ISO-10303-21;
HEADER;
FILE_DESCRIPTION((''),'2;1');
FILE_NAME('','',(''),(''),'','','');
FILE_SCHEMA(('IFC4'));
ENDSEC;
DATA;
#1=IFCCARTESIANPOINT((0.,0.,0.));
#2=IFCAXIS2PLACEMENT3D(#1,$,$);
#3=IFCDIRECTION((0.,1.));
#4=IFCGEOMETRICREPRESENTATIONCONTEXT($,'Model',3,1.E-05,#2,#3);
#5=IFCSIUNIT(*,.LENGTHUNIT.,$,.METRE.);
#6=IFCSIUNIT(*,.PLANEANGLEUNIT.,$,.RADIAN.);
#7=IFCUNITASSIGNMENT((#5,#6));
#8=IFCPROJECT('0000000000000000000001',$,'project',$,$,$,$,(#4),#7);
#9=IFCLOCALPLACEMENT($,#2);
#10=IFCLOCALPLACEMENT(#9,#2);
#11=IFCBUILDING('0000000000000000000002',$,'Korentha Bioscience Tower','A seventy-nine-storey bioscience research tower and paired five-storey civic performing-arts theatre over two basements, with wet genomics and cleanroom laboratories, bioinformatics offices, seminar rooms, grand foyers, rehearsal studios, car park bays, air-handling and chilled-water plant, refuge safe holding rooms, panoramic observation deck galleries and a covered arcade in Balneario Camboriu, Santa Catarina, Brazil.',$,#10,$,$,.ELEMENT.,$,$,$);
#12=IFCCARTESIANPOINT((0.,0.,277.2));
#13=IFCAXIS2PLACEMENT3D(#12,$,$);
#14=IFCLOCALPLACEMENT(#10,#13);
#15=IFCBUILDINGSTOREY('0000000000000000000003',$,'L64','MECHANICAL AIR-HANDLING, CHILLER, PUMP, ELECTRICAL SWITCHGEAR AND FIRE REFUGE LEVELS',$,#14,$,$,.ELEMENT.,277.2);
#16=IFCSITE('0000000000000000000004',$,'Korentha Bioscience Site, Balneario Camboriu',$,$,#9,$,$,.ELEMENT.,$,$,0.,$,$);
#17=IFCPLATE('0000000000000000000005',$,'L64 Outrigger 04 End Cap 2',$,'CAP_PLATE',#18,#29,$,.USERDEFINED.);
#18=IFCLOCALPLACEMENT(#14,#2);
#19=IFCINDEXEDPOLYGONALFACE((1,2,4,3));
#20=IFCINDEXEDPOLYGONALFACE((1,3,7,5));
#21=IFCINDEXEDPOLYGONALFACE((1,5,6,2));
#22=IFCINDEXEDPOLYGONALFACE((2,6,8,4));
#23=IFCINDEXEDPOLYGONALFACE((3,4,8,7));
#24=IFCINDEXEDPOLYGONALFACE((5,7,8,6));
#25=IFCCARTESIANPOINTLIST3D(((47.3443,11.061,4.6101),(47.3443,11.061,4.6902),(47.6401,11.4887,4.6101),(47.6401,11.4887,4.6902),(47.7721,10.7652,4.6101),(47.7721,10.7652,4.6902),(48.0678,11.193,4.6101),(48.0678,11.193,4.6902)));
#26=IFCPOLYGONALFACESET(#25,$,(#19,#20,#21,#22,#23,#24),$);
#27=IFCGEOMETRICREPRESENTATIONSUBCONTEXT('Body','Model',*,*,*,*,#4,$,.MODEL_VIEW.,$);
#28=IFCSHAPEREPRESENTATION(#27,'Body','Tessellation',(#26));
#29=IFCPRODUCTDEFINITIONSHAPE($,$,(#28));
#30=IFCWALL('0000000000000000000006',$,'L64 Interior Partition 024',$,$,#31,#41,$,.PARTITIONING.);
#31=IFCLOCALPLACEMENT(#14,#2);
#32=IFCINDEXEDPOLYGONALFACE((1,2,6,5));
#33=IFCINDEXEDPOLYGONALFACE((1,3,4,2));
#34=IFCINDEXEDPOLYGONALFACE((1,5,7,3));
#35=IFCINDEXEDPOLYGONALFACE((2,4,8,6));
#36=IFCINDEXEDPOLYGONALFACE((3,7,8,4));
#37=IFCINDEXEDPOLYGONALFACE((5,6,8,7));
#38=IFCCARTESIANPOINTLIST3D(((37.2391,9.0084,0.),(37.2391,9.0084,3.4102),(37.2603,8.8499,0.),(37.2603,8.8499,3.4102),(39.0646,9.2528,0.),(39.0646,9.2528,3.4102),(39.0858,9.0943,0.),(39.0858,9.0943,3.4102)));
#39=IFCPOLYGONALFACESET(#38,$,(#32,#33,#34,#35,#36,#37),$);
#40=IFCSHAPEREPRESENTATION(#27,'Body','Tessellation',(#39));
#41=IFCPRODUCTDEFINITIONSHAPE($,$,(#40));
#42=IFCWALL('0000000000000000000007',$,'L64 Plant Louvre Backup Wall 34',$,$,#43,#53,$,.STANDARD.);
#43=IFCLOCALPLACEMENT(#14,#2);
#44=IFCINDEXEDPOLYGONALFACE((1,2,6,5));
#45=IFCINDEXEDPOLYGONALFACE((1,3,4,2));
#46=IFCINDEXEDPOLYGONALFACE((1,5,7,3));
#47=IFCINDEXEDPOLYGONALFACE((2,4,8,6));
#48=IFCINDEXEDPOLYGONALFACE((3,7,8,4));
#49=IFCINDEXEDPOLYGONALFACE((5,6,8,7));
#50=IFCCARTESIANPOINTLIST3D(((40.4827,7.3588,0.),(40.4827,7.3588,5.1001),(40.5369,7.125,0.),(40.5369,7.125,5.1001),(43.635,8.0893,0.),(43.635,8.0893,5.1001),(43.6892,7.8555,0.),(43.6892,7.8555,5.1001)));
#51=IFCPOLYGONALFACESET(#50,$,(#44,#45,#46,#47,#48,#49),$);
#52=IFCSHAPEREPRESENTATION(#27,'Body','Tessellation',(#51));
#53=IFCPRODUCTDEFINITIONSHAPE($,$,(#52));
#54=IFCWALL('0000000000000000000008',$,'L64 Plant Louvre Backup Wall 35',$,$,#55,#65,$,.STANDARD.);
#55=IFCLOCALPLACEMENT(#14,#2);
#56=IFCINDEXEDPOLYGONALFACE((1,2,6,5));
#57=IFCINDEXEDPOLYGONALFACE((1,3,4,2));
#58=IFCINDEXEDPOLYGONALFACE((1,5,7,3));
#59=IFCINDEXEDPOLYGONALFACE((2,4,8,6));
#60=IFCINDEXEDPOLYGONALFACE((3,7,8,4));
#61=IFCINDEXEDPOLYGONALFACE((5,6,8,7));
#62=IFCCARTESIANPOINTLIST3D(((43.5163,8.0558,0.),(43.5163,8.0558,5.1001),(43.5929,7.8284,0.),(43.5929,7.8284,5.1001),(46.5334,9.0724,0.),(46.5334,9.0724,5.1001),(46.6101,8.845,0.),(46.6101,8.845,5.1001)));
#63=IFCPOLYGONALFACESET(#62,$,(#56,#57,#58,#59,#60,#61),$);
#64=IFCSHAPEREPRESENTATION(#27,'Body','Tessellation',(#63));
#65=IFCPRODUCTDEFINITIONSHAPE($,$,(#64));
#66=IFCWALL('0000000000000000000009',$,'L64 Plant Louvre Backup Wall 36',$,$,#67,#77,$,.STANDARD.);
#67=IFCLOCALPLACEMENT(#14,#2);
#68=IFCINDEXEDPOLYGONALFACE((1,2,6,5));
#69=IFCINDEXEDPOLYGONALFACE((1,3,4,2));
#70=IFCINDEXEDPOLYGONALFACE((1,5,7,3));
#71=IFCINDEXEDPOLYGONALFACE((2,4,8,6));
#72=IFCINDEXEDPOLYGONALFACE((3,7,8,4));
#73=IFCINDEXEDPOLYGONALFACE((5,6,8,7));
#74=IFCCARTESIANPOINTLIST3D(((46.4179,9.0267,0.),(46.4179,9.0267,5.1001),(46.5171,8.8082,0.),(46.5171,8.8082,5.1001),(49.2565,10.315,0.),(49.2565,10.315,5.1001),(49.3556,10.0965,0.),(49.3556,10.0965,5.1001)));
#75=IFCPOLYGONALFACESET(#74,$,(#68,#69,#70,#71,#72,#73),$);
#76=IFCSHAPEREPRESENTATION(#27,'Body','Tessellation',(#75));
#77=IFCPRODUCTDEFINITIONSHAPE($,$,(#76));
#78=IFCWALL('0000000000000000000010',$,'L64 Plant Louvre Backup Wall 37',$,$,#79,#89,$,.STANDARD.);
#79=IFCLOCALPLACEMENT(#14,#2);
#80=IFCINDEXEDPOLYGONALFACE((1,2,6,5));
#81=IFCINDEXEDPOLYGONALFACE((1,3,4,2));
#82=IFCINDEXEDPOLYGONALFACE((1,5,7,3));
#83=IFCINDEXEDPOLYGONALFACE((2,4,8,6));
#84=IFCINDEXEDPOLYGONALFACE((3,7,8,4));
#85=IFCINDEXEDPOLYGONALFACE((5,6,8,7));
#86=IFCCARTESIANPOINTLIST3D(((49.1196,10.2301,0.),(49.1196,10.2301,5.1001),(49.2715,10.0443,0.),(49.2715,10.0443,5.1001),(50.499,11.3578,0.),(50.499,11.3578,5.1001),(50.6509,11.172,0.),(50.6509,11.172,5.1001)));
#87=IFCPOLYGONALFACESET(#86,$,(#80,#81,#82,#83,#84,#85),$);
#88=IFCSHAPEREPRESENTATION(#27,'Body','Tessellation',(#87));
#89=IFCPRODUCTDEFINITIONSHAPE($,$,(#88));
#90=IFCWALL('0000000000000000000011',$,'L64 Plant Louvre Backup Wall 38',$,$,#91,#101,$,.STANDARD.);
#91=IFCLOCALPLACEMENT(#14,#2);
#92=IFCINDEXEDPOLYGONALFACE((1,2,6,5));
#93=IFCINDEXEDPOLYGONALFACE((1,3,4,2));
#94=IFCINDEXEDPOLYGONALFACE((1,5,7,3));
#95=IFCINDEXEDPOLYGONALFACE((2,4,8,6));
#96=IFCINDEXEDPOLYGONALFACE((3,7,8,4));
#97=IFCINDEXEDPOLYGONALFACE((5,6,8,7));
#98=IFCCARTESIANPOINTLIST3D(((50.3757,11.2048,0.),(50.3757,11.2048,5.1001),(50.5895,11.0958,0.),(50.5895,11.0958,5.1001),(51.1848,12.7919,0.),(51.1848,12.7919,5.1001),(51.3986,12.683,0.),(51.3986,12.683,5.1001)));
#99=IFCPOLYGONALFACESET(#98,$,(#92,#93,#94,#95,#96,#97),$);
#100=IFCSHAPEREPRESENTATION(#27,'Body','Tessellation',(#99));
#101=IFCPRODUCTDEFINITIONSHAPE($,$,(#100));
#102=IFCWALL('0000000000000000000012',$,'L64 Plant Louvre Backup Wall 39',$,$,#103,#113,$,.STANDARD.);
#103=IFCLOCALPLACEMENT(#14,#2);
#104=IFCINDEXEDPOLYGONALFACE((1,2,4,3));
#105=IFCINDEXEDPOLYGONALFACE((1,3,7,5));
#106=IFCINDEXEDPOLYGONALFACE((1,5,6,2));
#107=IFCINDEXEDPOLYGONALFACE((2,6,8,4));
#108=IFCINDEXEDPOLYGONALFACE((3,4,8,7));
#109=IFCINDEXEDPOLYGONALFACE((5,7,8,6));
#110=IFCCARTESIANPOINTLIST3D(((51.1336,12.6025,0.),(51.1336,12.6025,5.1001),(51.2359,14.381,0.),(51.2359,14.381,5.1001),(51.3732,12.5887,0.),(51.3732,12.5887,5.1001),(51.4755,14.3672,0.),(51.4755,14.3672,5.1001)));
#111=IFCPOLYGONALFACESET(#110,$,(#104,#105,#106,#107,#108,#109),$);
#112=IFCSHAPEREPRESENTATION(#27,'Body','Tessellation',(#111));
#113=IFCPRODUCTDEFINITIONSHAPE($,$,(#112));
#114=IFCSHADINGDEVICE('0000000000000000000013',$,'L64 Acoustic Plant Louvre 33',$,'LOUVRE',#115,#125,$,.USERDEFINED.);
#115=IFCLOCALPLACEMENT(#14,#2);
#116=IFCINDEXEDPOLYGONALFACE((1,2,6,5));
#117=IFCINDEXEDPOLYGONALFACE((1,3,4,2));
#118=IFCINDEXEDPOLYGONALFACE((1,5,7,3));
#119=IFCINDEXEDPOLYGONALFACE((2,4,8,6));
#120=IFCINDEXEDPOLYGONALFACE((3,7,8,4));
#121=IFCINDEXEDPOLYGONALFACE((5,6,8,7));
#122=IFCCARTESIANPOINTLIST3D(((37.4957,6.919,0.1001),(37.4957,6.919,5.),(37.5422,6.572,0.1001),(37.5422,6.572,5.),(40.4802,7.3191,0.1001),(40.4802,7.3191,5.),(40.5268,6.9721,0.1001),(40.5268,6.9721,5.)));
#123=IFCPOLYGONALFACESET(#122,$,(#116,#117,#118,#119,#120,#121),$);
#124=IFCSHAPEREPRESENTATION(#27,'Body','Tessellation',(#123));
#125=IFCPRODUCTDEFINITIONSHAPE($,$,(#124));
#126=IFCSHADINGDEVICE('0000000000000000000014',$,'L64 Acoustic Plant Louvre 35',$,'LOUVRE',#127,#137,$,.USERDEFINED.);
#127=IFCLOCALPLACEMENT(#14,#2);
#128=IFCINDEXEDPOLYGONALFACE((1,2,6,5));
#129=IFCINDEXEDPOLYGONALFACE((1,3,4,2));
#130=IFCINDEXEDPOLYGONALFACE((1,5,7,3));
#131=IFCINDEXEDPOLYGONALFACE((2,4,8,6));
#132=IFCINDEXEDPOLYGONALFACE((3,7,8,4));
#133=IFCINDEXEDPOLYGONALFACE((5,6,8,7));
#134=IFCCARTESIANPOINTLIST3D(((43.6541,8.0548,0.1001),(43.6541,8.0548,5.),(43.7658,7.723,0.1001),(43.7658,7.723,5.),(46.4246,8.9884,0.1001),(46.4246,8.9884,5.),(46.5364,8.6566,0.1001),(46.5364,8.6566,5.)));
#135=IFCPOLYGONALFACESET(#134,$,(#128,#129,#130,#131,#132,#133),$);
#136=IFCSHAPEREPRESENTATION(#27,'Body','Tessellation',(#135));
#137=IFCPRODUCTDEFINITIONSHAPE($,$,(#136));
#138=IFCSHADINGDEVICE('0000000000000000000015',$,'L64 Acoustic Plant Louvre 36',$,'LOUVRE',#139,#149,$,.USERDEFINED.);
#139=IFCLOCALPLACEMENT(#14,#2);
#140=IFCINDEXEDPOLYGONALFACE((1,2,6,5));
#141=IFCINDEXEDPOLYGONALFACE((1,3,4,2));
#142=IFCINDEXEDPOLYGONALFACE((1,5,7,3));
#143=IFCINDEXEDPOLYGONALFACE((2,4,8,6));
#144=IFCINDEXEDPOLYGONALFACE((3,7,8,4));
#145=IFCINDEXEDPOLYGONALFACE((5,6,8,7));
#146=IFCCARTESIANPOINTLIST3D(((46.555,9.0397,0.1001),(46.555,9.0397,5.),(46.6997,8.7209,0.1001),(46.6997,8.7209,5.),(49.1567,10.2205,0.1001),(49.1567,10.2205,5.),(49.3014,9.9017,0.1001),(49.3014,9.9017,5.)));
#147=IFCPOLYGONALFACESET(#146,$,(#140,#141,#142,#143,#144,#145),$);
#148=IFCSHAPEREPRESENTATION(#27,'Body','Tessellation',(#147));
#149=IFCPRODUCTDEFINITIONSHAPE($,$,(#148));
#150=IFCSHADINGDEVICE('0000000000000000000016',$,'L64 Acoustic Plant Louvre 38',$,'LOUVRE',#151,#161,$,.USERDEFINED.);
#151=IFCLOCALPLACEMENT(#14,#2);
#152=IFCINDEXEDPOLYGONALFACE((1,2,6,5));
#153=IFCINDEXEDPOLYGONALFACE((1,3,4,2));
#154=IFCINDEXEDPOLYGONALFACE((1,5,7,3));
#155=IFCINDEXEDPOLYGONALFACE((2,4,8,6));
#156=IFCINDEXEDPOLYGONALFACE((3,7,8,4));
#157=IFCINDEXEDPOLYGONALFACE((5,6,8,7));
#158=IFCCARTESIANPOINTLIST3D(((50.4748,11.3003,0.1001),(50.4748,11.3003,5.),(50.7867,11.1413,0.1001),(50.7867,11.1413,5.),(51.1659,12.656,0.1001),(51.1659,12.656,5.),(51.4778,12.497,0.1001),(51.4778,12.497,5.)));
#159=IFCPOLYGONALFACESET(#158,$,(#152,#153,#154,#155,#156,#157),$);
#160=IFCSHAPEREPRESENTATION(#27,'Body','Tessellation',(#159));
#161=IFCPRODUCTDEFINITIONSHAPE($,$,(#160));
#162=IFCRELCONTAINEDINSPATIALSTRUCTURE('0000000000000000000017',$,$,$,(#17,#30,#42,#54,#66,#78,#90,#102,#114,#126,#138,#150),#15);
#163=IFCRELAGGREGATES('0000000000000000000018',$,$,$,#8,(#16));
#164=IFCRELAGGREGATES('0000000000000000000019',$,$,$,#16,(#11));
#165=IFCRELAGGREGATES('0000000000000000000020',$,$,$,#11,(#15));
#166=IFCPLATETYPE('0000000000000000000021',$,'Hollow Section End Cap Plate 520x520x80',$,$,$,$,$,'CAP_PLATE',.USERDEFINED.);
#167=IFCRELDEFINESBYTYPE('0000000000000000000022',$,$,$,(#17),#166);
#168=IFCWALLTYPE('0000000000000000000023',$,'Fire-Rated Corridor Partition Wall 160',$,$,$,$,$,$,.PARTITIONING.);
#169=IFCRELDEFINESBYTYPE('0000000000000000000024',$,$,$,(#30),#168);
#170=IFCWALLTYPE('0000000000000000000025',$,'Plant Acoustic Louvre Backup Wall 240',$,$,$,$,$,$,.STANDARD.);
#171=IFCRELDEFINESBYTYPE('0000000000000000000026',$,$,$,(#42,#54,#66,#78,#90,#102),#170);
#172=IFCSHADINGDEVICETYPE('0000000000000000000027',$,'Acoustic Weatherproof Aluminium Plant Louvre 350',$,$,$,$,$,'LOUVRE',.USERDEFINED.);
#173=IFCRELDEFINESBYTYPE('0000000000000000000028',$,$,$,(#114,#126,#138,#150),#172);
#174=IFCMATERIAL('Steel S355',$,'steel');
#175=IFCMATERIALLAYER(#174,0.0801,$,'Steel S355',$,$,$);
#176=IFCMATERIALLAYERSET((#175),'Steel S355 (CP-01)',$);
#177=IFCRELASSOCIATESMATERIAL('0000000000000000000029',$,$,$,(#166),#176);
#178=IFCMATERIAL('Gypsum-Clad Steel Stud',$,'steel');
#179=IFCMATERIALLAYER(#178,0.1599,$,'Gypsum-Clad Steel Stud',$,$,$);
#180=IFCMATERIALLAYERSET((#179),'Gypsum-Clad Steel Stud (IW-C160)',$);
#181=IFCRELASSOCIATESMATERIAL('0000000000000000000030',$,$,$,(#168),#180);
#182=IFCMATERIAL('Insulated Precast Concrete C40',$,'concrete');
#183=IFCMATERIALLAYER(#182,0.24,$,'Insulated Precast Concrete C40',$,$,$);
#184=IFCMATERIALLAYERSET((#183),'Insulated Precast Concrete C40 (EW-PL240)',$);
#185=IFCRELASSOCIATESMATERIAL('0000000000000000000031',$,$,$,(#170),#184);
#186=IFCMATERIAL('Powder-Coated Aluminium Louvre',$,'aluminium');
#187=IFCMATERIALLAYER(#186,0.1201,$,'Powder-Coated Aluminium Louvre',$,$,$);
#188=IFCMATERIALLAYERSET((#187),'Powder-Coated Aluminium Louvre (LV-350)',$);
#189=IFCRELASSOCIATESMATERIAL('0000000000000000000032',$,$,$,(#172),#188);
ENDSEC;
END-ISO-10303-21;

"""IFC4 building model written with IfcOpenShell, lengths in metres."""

from ifc_helpers import new_model, si_unit, direction, frame, frame_2d, origin, origin_2d, place, context, subcontext, project, spatial, rectangle, extrude, material, layer, layer_set, type_object, element, save


model = new_model("IFC4")

# Units and contexts
model_context = context("Model", 3, precision=1e-05, world=origin(), true_north=direction((0.0, 1.0)))
body_context = subcontext(model_context, "Body", "Model", "MODEL_VIEW")
ifc_project = project(units=[si_unit("LENGTHUNIT", "METRE"), si_unit("PLANEANGLEUNIT", "RADIAN")], contexts=[model_context])

# Site, building, storey
site_placement = place(None, origin())
site = spatial("IfcSite", under=ifc_project, at=site_placement, Name="Korentha Bioscience Site, Balneario Camboriu", CompositionType="ELEMENT", RefElevation=0.0)
building_placement = place(site_placement, origin())
building = spatial("IfcBuilding", under=site, at=building_placement, Name="Korentha Bioscience Tower", Description="A seventy-nine-storey bioscience research tower and paired five-storey civic performing-arts theatre over two basements, with wet genomics and cleanroom laboratories, bioinformatics offices, seminar rooms, grand foyers, rehearsal studios, car park bays, air-handling and chilled-water plant, refuge safe holding rooms, panoramic observation deck galleries and a covered arcade in Balneario Camboriu, Santa Catarina, Brazil.", CompositionType="ELEMENT")
storey_placement = place(building_placement, frame((0.0, 0.0, 277.2)))
storey = spatial("IfcBuildingStorey", under=building, at=storey_placement, Name="L64", Description="MECHANICAL AIR-HANDLING, CHILLER, PUMP, ELECTRICAL SWITCHGEAR AND FIRE REFUGE LEVELS", CompositionType="ELEMENT", Elevation=277.2)

# Shared definitions
ifc_material_1 = material(Name="Steel S355", Category="steel")

# Plate
ifc_layer_1 = layer(ifc_material_1, 0.0801, Name="Steel S355")
ifc_layer_set_1 = layer_set([ifc_layer_1], Name="Steel S355 (CP-01)")
plate_type_1 = type_object("IfcPlateType", Name="Hollow Section End Cap Plate 520x520x80", ElementType="CAP_PLATE", PredefinedType="USERDEFINED", material=ifc_layer_set_1)
for number, where, z_axis, x_axis, name in (
    (1, (47.7061, 11.127, 4.6101), (0.0, 0.0, 1.0), (-0.822541, 0.568705, 0.0), "L64 Outrigger 04 End Cap 2"),
):
    element("IfcPlate", number, at=place(storey_placement, frame(where, z_axis=z_axis, x_axis=x_axis)), inside=storey, type_object=plate_type_1, Name=name, ObjectType="CAP_PLATE", PredefinedType="USERDEFINED", context=body_context, shape_type="SweptSolid", body=[
        extrude(rectangle(XDim=0.52, YDim=0.52, at=origin_2d()), origin(), (0.0, 0.0, 1.0), 0.0801),
    ])

# Walls
ifc_material_2 = material(Name="Gypsum-Clad Steel Stud", Category="steel")
ifc_layer_2 = layer(ifc_material_2, 0.1599, Name="Gypsum-Clad Steel Stud")
ifc_layer_set_2 = layer_set([ifc_layer_2], Name="Gypsum-Clad Steel Stud (IW-C160)")
wall_type_1 = type_object("IfcWallType", Name="Fire-Rated Corridor Partition Wall 160", PredefinedType="PARTITIONING", material=ifc_layer_set_2)
wall_1_placement = place(storey_placement, frame((39.0752, 9.1736, 0.0), z_axis=(0.0, 0.0, 1.0), x_axis=(-0.991157, -0.132693, 0.0)))
element("IfcWall", 2, at=wall_1_placement, inside=storey, type_object=wall_type_1, Name="L64 Interior Partition 024", PredefinedType="PARTITIONING", context=body_context, shape_type="SweptSolid", body=[
    extrude(rectangle(XDim=1.8418, YDim=0.1599, at=frame_2d((0.9209, 0.0))), origin(), (0.0, 0.0, 1.0), 3.4102),
])
ifc_material_3 = material(Name="Insulated Precast Concrete C40", Category="concrete")
ifc_layer_3 = layer(ifc_material_3, 0.24, Name="Insulated Precast Concrete C40")
ifc_layer_set_3 = layer_set([ifc_layer_3], Name="Insulated Precast Concrete C40 (EW-PL240)")
wall_type_2 = type_object("IfcWallType", Name="Plant Acoustic Louvre Backup Wall 240", PredefinedType="STANDARD", material=ifc_layer_set_3)
wall_2_placement = place(storey_placement, frame((40.5098, 7.2419, 0.0), z_axis=(0.0, 0.0, 1.0), x_axis=(0.974187, 0.225741, 0.0)))
element("IfcWall", 3, at=wall_2_placement, inside=storey, type_object=wall_type_2, Name="L64 Plant Louvre Backup Wall 34", PredefinedType="STANDARD", context=body_context, shape_type="SweptSolid", body=[
    extrude(rectangle(XDim=3.2358, YDim=0.24, at=frame_2d((1.6179, 0.0))), origin(), (0.0, 0.0, 1.0), 5.1001),
])
wall_3_placement = place(storey_placement, frame((43.5547, 7.9421, 0.0), z_axis=(0.0, 0.0, 1.0), x_axis=(0.947651, 0.319309, 0.0)))
element("IfcWall", 4, at=wall_3_placement, inside=storey, type_object=wall_type_2, Name="L64 Plant Louvre Backup Wall 35", PredefinedType="STANDARD", context=body_context, shape_type="SweptSolid", body=[
    extrude(rectangle(XDim=3.1838, YDim=0.24, at=frame_2d((1.5918, 0.0))), origin(), (0.0, 0.0, 1.0), 5.1001),
])
wall_4_placement = place(storey_placement, frame((46.4675, 8.9175, 0.0), z_axis=(0.0, 0.0, 1.0), x_axis=(0.910602, 0.413284, 0.0)))
element("IfcWall", 5, at=wall_4_placement, inside=storey, type_object=wall_type_2, Name="L64 Plant Louvre Backup Wall 36", PredefinedType="STANDARD", context=body_context, shape_type="SweptSolid", body=[
    extrude(rectangle(XDim=3.1172, YDim=0.24, at=frame_2d((1.5586, 0.0))), origin(), (0.0, 0.0, 1.0), 5.1001),
])
wall_5_placement = place(storey_placement, frame((49.1956, 10.1372, 0.0), z_axis=(0.0, 0.0, 1.0), x_axis=(0.774208, 0.632932, 0.0)))
element("IfcWall", 6, at=wall_5_placement, inside=storey, type_object=wall_type_2, Name="L64 Plant Louvre Backup Wall 37", PredefinedType="STANDARD", context=body_context, shape_type="SweptSolid", body=[
    extrude(rectangle(XDim=1.7817, YDim=0.24, at=frame_2d((0.8909, 0.0))), origin(), (0.0, 0.0, 1.0), 5.1001),
])
for number, where, z_axis, x_axis, name in (
    (7, (50.4827, 11.1504, 0.0), (0.0, 0.0, 1.0), (0.454162, 0.890919, 0.0), "L64 Plant Louvre Backup Wall 38"),
    (8, (51.2534, 12.5957, 0.0), (0.0, 0.0, 1.0), (0.057421, 0.99835, 0.0), "L64 Plant Louvre Backup Wall 39"),
):
    element("IfcWall", number, at=place(storey_placement, frame(where, z_axis=z_axis, x_axis=x_axis)), inside=storey, type_object=wall_type_2, Name=name, PredefinedType="STANDARD", context=body_context, shape_type="SweptSolid", body=[
        extrude(rectangle(XDim=1.7815, YDim=0.24, at=frame_2d((0.8906, 0.0))), origin(), (0.0, 0.0, 1.0), 5.1001),
    ])

# Shading devices
ifc_material_4 = material(Name="Powder-Coated Aluminium Louvre", Category="aluminium")
ifc_layer_4 = layer(ifc_material_4, 0.1201, Name="Powder-Coated Aluminium Louvre")
ifc_layer_set_4 = layer_set([ifc_layer_4], Name="Powder-Coated Aluminium Louvre (LV-350)")
shading_device_type = type_object("IfcShadingDeviceType", Name="Acoustic Weatherproof Aluminium Plant Louvre 350", ElementType="LOUVRE", PredefinedType="USERDEFINED", material=ifc_layer_set_4)
shading_device_1_placement = place(storey_placement, frame((39.0112, 6.9456, 0.1001), z_axis=(0.0, 0.0, 1.0), x_axis=(0.991137, 0.132847, 0.0)))
element("IfcShadingDevice", 9, at=shading_device_1_placement, inside=storey, type_object=shading_device_type, Name="L64 Acoustic Plant Louvre 33", ObjectType="LOUVRE", PredefinedType="USERDEFINED", context=body_context, shape_type="SweptSolid", body=[
    extrude(rectangle(XDim=3.0112, YDim=0.3501, at=origin_2d()), origin(), (0.0, 0.0, 1.0), 4.8999),
])
shading_device_2_placement = place(storey_placement, frame((45.0952, 8.3557, 0.1001), z_axis=(0.0, 0.0, 1.0), x_axis=(0.947647, 0.31932, 0.0)))
element("IfcShadingDevice", 10, at=shading_device_2_placement, inside=storey, type_object=shading_device_type, Name="L64 Acoustic Plant Louvre 35", ObjectType="LOUVRE", PredefinedType="USERDEFINED", context=body_context, shape_type="SweptSolid", body=[
    extrude(rectangle(XDim=2.9236, YDim=0.3501, at=origin_2d()), origin(), (0.0, 0.0, 1.0), 4.8999),
])
shading_device_3_placement = place(storey_placement, frame((47.9282, 9.4707, 0.1001), z_axis=(0.0, 0.0, 1.0), x_axis=(0.910599, 0.413291, 0.0)))
element("IfcShadingDevice", 11, at=shading_device_3_placement, inside=storey, type_object=shading_device_type, Name="L64 Acoustic Plant Louvre 36", ObjectType="LOUVRE", PredefinedType="USERDEFINED", context=body_context, shape_type="SweptSolid", body=[
    extrude(rectangle(XDim=2.8572, YDim=0.3501, at=origin_2d()), origin(), (0.0, 0.0, 1.0), 4.8999),
])
shading_device_4_placement = place(storey_placement, frame((50.9763, 11.8987, 0.1001), z_axis=(0.0, 0.0, 1.0), x_axis=(0.454193, 0.890903, 0.0)))
element("IfcShadingDevice", 12, at=shading_device_4_placement, inside=storey, type_object=shading_device_type, Name="L64 Acoustic Plant Louvre 38", ObjectType="LOUVRE", PredefinedType="USERDEFINED", context=body_context, shape_type="SweptSolid", body=[
    extrude(rectangle(XDim=1.5217, YDim=0.3501, at=origin_2d()), origin(), (0.0, 0.0, 1.0), 4.8999),
])

save(model, "model.ifc")
